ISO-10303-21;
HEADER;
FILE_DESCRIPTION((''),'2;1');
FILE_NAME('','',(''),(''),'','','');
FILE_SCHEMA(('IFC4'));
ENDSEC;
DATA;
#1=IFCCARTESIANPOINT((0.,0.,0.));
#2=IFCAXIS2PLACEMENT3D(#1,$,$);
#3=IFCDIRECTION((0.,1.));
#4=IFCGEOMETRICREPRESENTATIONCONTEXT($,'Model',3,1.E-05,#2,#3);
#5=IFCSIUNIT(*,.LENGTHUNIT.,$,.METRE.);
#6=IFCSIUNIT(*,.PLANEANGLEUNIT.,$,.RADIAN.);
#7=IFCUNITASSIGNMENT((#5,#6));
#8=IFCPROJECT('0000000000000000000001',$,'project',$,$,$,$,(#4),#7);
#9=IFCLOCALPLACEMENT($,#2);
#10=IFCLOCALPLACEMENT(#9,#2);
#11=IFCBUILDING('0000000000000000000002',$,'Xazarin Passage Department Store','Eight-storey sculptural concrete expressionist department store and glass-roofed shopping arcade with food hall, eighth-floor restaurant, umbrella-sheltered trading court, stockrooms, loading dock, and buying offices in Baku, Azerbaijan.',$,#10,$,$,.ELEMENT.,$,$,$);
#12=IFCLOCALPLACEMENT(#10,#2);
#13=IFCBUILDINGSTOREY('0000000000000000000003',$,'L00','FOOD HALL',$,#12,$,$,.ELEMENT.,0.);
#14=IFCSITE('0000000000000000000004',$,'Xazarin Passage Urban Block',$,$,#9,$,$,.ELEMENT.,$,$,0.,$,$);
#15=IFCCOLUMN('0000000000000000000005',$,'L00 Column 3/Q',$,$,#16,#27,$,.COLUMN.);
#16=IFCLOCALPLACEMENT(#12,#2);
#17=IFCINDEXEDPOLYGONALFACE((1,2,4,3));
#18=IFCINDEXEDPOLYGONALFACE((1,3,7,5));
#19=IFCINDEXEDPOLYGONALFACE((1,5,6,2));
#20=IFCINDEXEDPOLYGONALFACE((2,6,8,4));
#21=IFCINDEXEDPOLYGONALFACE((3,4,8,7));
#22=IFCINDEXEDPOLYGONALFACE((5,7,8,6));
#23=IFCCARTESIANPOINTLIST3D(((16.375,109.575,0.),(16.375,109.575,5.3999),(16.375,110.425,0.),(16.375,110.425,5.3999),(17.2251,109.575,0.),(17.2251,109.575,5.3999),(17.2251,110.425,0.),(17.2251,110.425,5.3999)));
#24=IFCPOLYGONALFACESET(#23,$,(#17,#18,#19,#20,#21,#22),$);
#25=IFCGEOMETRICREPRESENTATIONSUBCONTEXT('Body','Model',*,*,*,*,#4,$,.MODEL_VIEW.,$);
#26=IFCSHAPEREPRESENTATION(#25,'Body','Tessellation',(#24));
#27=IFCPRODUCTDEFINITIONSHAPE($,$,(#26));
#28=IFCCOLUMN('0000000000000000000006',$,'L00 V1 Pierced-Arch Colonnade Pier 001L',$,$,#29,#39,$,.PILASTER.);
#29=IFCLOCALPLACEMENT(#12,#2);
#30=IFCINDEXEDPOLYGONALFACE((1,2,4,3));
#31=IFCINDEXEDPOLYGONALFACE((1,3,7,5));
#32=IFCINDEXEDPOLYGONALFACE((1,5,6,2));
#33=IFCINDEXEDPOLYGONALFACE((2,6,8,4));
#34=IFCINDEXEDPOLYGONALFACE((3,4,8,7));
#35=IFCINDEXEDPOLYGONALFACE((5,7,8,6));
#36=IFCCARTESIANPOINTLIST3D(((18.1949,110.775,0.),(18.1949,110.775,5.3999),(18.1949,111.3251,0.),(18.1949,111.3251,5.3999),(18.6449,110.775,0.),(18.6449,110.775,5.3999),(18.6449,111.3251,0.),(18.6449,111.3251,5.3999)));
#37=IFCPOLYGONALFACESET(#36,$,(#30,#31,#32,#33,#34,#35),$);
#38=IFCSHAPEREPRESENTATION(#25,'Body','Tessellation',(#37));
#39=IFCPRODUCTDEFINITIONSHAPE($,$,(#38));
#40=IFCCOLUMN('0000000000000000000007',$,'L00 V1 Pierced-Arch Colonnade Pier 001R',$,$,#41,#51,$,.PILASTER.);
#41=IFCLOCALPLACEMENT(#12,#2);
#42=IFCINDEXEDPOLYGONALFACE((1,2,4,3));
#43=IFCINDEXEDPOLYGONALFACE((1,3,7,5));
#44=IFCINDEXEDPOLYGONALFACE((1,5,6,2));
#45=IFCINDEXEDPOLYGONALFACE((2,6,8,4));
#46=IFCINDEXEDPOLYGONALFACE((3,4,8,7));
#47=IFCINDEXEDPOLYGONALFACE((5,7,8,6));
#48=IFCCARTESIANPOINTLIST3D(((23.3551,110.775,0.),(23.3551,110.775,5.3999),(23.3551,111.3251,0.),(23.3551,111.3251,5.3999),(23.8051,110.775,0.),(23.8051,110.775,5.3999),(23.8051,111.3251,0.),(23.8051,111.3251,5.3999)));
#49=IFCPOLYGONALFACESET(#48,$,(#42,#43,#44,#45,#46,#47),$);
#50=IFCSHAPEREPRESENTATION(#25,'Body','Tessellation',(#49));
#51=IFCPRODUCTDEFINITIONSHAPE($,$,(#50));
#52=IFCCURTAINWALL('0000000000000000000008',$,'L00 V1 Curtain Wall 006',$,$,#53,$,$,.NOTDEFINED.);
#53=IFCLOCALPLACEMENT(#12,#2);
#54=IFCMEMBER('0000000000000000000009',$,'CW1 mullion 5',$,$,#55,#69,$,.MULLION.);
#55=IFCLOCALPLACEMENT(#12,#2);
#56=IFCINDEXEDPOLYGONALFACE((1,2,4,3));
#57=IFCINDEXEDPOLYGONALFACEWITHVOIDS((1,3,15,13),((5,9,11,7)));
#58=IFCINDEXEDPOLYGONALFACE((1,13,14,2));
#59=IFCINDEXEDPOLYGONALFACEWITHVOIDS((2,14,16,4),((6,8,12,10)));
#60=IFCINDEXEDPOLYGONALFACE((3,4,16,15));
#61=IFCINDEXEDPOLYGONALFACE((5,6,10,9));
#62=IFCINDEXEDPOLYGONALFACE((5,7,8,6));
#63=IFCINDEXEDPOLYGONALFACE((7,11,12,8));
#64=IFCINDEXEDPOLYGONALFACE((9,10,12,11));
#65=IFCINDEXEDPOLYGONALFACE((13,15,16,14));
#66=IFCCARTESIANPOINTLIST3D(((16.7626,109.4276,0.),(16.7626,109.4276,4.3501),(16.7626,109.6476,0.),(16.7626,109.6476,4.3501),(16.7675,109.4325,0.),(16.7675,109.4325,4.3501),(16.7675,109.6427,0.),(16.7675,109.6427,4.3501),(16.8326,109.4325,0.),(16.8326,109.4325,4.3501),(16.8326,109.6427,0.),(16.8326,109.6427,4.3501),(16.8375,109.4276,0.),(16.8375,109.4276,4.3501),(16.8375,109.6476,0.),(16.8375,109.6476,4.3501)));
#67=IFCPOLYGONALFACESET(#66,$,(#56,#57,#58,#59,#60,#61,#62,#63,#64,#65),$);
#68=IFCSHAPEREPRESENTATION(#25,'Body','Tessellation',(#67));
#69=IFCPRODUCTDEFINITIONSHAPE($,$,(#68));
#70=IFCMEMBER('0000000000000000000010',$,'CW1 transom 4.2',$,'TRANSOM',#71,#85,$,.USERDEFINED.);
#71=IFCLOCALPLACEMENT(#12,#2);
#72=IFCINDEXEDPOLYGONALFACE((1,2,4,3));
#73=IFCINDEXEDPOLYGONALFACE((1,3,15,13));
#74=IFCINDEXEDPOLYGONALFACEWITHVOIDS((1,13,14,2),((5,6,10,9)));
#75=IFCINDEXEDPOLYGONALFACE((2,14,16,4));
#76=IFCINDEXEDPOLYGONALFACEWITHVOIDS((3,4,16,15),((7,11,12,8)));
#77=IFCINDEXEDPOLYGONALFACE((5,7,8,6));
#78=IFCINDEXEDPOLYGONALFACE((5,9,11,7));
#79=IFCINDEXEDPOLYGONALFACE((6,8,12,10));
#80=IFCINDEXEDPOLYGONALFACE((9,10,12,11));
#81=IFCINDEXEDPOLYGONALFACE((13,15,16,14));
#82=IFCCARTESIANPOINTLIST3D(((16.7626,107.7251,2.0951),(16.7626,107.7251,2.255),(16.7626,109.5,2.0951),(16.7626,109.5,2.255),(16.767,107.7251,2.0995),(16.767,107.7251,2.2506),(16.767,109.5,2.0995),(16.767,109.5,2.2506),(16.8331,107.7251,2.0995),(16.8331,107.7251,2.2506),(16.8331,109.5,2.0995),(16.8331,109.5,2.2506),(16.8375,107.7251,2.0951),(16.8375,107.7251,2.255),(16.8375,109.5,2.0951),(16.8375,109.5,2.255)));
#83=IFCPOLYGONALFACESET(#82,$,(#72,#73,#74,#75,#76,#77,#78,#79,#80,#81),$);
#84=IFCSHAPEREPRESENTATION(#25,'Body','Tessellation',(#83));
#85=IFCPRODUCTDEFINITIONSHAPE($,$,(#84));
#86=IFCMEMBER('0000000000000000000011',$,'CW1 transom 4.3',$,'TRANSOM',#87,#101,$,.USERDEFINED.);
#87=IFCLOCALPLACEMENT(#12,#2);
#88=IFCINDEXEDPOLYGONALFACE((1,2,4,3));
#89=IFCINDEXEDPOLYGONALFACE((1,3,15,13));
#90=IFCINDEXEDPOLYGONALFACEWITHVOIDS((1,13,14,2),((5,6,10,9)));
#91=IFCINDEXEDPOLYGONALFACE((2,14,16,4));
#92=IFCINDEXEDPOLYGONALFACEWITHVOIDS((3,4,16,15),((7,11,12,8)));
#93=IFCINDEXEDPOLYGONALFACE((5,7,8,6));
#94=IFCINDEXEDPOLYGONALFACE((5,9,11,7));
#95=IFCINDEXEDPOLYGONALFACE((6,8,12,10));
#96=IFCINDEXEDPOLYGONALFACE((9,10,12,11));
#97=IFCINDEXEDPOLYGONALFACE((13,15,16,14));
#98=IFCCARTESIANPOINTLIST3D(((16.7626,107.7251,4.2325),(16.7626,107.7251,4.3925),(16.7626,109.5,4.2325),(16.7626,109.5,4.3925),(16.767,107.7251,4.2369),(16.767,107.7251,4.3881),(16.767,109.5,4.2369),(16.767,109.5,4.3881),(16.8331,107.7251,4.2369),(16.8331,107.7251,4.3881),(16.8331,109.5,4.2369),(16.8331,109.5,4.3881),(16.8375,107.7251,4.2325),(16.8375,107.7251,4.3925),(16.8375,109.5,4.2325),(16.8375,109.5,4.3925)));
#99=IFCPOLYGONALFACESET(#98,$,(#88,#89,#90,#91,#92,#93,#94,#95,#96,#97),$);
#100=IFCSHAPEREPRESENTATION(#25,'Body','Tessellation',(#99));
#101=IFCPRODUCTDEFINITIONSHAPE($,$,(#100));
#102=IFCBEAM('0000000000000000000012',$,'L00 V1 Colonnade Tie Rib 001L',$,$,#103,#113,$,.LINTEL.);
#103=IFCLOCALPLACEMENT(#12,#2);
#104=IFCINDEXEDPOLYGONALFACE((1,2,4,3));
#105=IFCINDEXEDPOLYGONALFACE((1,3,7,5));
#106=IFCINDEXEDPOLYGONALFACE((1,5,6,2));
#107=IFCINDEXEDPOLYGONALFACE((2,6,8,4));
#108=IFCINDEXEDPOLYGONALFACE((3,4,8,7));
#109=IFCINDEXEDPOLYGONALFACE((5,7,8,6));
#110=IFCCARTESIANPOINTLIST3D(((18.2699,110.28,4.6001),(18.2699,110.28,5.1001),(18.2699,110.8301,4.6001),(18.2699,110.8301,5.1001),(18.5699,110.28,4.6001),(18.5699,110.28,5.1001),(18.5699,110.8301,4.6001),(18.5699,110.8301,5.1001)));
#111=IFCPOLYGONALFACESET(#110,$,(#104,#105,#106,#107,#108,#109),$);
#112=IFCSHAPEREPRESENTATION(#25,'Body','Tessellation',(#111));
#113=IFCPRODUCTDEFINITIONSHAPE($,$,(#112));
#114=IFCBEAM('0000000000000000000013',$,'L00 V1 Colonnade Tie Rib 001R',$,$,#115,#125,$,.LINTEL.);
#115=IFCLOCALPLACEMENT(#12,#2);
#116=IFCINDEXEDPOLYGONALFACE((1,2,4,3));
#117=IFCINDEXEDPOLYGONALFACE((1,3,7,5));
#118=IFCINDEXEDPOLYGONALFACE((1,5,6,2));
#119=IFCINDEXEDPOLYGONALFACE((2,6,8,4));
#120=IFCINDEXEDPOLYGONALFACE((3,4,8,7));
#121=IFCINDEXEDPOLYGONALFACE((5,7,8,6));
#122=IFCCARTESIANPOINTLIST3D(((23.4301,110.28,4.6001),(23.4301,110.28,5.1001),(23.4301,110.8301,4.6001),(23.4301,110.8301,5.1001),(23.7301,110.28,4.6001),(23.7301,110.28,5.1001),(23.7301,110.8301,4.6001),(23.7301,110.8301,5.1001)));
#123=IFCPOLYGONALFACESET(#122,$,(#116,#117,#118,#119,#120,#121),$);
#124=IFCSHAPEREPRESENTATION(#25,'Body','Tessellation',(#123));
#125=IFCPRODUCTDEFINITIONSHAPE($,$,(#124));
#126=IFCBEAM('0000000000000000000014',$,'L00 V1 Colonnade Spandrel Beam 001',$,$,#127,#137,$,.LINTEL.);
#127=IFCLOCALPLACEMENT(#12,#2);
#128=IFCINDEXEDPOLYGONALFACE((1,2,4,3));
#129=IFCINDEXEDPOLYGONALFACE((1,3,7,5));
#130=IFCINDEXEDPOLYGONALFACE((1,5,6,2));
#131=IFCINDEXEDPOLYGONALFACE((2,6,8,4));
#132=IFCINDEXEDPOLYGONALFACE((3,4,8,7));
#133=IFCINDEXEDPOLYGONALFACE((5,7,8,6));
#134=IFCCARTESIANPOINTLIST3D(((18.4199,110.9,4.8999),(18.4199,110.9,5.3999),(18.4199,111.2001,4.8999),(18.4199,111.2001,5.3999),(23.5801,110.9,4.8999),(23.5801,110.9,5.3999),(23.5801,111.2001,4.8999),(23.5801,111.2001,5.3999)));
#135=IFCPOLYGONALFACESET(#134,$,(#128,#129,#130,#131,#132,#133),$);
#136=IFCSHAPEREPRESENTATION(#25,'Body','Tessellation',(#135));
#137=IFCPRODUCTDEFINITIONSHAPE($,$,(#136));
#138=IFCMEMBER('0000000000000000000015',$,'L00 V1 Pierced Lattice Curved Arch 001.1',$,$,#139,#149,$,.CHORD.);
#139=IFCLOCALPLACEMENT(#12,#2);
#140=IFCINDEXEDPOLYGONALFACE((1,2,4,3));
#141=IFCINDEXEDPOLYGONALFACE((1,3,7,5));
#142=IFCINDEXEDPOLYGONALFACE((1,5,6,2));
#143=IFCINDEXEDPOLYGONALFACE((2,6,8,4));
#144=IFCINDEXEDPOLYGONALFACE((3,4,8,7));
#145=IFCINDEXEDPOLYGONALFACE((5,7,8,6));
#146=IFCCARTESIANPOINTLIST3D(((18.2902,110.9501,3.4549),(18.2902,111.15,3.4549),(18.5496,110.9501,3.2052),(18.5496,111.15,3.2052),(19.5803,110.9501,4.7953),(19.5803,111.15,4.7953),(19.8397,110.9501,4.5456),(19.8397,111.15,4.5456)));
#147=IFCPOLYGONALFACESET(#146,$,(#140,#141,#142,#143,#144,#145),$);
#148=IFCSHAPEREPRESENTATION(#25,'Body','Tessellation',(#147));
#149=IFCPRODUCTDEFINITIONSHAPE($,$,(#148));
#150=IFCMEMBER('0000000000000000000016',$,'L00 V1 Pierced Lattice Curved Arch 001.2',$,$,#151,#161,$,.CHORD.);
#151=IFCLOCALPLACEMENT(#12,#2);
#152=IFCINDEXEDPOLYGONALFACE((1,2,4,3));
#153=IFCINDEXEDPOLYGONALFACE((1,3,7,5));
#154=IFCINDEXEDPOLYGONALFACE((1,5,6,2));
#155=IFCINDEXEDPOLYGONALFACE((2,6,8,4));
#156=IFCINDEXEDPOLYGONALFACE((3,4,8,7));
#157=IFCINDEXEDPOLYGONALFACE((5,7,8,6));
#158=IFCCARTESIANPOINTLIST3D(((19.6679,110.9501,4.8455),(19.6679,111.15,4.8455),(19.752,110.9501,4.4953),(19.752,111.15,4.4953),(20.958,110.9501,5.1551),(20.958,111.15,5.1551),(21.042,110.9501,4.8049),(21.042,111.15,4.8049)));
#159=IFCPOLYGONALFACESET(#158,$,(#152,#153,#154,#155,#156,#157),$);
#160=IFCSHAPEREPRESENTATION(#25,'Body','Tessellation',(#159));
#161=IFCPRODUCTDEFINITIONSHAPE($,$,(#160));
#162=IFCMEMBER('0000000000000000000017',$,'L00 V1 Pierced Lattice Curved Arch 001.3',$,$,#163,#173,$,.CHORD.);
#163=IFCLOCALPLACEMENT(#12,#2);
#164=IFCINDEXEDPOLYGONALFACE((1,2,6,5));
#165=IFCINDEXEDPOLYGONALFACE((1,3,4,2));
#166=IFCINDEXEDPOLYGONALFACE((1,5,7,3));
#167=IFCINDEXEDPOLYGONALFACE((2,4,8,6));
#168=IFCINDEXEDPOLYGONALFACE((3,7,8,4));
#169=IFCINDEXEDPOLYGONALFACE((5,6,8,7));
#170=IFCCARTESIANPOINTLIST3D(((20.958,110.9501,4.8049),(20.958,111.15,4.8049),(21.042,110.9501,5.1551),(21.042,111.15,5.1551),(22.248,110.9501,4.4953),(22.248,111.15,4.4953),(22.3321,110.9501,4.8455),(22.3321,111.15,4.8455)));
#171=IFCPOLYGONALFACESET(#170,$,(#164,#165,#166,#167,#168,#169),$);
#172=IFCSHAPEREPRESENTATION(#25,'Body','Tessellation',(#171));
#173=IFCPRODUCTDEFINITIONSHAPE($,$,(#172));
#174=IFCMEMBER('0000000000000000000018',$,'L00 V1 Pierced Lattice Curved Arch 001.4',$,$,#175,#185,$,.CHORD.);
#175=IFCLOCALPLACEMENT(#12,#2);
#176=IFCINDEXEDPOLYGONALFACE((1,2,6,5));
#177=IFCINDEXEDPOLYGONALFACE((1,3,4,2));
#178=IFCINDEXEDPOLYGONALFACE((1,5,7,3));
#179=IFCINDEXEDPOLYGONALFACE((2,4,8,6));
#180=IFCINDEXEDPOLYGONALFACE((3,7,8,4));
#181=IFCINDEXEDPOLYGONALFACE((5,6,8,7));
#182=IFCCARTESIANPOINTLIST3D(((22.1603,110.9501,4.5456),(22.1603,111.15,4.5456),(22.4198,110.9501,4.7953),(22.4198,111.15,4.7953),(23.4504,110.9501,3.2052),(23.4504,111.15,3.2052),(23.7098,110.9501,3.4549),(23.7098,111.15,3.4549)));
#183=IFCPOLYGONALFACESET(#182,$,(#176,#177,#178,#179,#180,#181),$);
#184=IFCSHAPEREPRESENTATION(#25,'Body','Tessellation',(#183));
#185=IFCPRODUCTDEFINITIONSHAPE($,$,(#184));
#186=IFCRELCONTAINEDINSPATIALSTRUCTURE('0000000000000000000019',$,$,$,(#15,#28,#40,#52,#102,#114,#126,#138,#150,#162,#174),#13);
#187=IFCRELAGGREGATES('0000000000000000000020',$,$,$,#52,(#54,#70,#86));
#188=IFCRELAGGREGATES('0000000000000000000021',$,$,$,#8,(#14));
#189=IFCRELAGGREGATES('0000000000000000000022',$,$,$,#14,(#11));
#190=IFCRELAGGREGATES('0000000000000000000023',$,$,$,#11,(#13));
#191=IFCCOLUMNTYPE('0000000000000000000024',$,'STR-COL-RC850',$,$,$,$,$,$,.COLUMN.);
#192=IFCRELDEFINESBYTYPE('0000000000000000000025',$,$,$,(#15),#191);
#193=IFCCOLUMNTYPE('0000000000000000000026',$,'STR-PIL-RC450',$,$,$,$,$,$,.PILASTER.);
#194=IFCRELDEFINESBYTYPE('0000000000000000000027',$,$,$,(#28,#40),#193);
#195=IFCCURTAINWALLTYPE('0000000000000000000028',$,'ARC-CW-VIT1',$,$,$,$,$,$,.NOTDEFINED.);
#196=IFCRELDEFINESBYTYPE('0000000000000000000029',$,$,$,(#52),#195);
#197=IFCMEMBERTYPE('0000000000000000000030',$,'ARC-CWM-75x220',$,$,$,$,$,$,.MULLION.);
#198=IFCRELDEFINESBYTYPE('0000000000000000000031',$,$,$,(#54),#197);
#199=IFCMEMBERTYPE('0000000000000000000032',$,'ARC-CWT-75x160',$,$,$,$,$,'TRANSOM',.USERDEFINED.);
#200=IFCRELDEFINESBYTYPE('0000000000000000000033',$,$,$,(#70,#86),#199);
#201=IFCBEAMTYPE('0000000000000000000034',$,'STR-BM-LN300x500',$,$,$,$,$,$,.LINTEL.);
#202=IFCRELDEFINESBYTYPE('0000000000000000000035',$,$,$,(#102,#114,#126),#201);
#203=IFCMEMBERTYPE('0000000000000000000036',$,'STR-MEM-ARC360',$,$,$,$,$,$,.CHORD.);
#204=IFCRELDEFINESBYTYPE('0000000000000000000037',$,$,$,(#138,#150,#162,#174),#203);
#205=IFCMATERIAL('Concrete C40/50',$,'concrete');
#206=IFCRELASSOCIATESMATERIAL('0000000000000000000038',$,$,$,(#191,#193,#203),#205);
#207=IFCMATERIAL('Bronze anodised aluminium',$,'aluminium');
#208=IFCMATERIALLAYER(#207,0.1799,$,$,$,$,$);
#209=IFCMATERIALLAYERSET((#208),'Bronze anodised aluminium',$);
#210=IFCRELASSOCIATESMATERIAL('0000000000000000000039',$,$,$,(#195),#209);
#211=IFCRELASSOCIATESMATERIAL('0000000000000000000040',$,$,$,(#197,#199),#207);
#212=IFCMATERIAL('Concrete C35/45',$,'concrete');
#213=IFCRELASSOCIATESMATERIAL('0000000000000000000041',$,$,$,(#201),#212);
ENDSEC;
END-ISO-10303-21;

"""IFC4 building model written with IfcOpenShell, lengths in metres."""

from ifc_helpers import new_model, si_unit, direction, frame, origin, origin_2d, place, context, subcontext, project, spatial, rectangle, hollow_rectangle, extrude, material, layer, layer_set, material_profile, profile_set, type_object, element, aggregate, save


model = new_model("IFC4")

# Units and contexts
model_context = context("Model", 3, precision=1e-05, world=origin(), true_north=direction((0.0, 1.0)))
body_context = subcontext(model_context, "Body", "Model", "MODEL_VIEW")
ifc_project = project(units=[si_unit("LENGTHUNIT", "METRE"), si_unit("PLANEANGLEUNIT", "RADIAN")], contexts=[model_context])

# Site, building, storey
site_placement = place(None, origin())
site = spatial("IfcSite", under=ifc_project, at=site_placement, Name="Xazarin Passage Urban Block", CompositionType="ELEMENT", RefElevation=0.0)
building_placement = place(site_placement, origin())
building = spatial("IfcBuilding", under=site, at=building_placement, Name="Xazarin Passage Department Store", Description="Eight-storey sculptural concrete expressionist department store and glass-roofed shopping arcade with food hall, eighth-floor restaurant, umbrella-sheltered trading court, stockrooms, loading dock, and buying offices in Baku, Azerbaijan.", CompositionType="ELEMENT")
storey_placement = place(building_placement, origin())
storey = spatial("IfcBuildingStorey", under=building, at=storey_placement, Name="L00", Description="FOOD HALL", CompositionType="ELEMENT", Elevation=0.0)

# Shared definitions
ifc_material_1 = material(Name="Concrete C35/45", Category="concrete")

# Columns
ifc_material_2 = material(Name="Concrete C40/50", Category="concrete")
ifc_material_profile_1 = material_profile(ifc_material_2, rectangle(XDim=0.8501, YDim=0.8501, at=origin_2d()), Name="RC 850x850")
ifc_profile_set_1 = profile_set([ifc_material_profile_1], Name="Concrete C40/50")
column_type_1 = type_object("IfcColumnType", Name="STR-COL-RC850", PredefinedType="COLUMN", material=ifc_profile_set_1)
column_placement = place(storey_placement, frame((16.8, 110.0, 0.0), z_axis=(0.0, 0.0, 1.0), x_axis=(1.0, 0.0, 0.0)))
element("IfcColumn", 1, at=column_placement, inside=storey, type_object=column_type_1, Name="L00 Column 3/Q", PredefinedType="COLUMN", context=body_context, shape_type="SweptSolid", body=[
    extrude(rectangle(XDim=0.8501, YDim=0.8501, at=origin_2d()), origin(), (0.0, 0.0, 1.0), 5.3999),
])
ifc_material_profile_2 = material_profile(ifc_material_2, rectangle(XDim=0.45, YDim=0.55, at=origin_2d()), Name="RC 450x550")
ifc_profile_set_2 = profile_set([ifc_material_profile_2], Name="Concrete C40/50")
column_type_2 = type_object("IfcColumnType", Name="STR-PIL-RC450", PredefinedType="PILASTER", material=ifc_profile_set_2)
for number, where, z_axis, x_axis, name in (
    (2, (18.4199, 111.05, 0.0), (0.0, 0.0, 1.0), (1.0, 0.0, 0.0), "L00 V1 Pierced-Arch Colonnade Pier 001L"),
    (3, (23.5801, 111.05, 0.0), (0.0, 0.0, 1.0), (1.0, 0.0, 0.0), "L00 V1 Pierced-Arch Colonnade Pier 001R"),
):
    element("IfcColumn", number, at=place(storey_placement, frame(where, z_axis=z_axis, x_axis=x_axis)), inside=storey, type_object=column_type_2, Name=name, PredefinedType="PILASTER", context=body_context, shape_type="SweptSolid", body=[
        extrude(rectangle(XDim=0.45, YDim=0.55, at=origin_2d()), origin(), (0.0, 0.0, 1.0), 5.3999),
    ])

# Curtain wall, members
ifc_material_3 = material(Name="Bronze anodised aluminium", Category="aluminium")
ifc_layer_1 = layer(ifc_material_3, 0.1799)
ifc_layer_set_1 = layer_set([ifc_layer_1], Name="Bronze anodised aluminium")
curtain_wall_type = type_object("IfcCurtainWallType", Name="ARC-CW-VIT1", PredefinedType="NOTDEFINED", material=ifc_layer_set_1)
curtain_wall_placement = place(storey_placement, origin())
curtain_wall = element("IfcCurtainWall", 4, at=curtain_wall_placement, inside=storey, type_object=curtain_wall_type, Name="L00 V1 Curtain Wall 006", PredefinedType="NOTDEFINED")
ifc_material_profile_3 = material_profile(ifc_material_3, hollow_rectangle(XDim=0.075, YDim=0.22, WallThickness=0.0049, at=origin_2d()), Name="ALU 75x220")
ifc_profile_set_3 = profile_set([ifc_material_profile_3], Name="Bronze anodised aluminium")
member_type_1 = type_object("IfcMemberType", Name="ARC-CWM-75x220", PredefinedType="MULLION", material=ifc_profile_set_3)
member_1_placement = place(storey_placement, frame((16.8, 109.5376, 0.0), z_axis=(0.0, 0.0, 1.0), x_axis=(-1.0, 0.0, 0.0)))
member_1 = element("IfcMember", 5, at=member_1_placement, type_object=member_type_1, Name="CW1 mullion 5", PredefinedType="MULLION", context=body_context, shape_type="SweptSolid", body=[
    extrude(hollow_rectangle(XDim=0.075, YDim=0.22, WallThickness=0.0049, at=origin_2d()), origin(), (0.0, 0.0, 1.0), 4.3501),
])
ifc_material_profile_4 = material_profile(ifc_material_3, hollow_rectangle(XDim=0.075, YDim=0.1599, WallThickness=0.0044, at=origin_2d()), Name="ALU 75x160")
ifc_profile_set_4 = profile_set([ifc_material_profile_4], Name="Bronze anodised aluminium")
member_type_2 = type_object("IfcMemberType", Name="ARC-CWT-75x160", ElementType="TRANSOM", PredefinedType="USERDEFINED", material=ifc_profile_set_4)
member_2_placement = place(storey_placement, frame((16.8, 107.7251, 2.175), z_axis=(0.0, 1.0, 0.0), x_axis=(-1.0, 0.0, 0.0)))
member_2 = element("IfcMember", 6, at=member_2_placement, type_object=member_type_2, Name="CW1 transom 4.2", ObjectType="TRANSOM", PredefinedType="USERDEFINED", context=body_context, shape_type="SweptSolid", body=[
    extrude(hollow_rectangle(XDim=0.075, YDim=0.1599, WallThickness=0.0044, at=origin_2d()), origin(), (0.0, 0.0, 1.0), 1.7749),
])
member_3_placement = place(storey_placement, frame((16.8, 107.7251, 4.3125), z_axis=(0.0, 1.0, 0.0), x_axis=(-1.0, 0.0, 0.0)))
member_3 = element("IfcMember", 7, at=member_3_placement, type_object=member_type_2, Name="CW1 transom 4.3", ObjectType="TRANSOM", PredefinedType="USERDEFINED", context=body_context, shape_type="SweptSolid", body=[
    extrude(hollow_rectangle(XDim=0.075, YDim=0.1599, WallThickness=0.0044, at=origin_2d()), origin(), (0.0, 0.0, 1.0), 1.7749),
])

# Beams
ifc_material_profile_5 = material_profile(ifc_material_1, rectangle(XDim=0.3, YDim=0.5, at=origin_2d()), Name="RC 300x500")
ifc_profile_set_5 = profile_set([ifc_material_profile_5], Name="Concrete C35/45")
beam_type = type_object("IfcBeamType", Name="STR-BM-LN300x500", PredefinedType="LINTEL", material=ifc_profile_set_5)
for number, where, z_axis, x_axis, name in (
    (8, (18.4199, 110.28, 4.8501), (0.0, 1.0, 0.0), (-1.0, 0.0, 0.0), "L00 V1 Colonnade Tie Rib 001L"),
    (9, (23.5801, 110.28, 4.8501), (0.0, 1.0, 0.0), (-1.0, 0.0, 0.0), "L00 V1 Colonnade Tie Rib 001R"),
):
    element("IfcBeam", number, at=place(storey_placement, frame(where, z_axis=z_axis, x_axis=x_axis)), inside=storey, type_object=beam_type, Name=name, PredefinedType="LINTEL", context=body_context, shape_type="SweptSolid", body=[
        extrude(rectangle(XDim=0.3, YDim=0.5, at=origin_2d()), origin(), (0.0, 0.0, 1.0), 0.55),
    ])
beam_placement = place(storey_placement, frame((18.4199, 111.05, 5.1499), z_axis=(1.0, 0.0, 0.0), x_axis=(0.0, 1.0, 0.0)))
element("IfcBeam", 10, at=beam_placement, inside=storey, type_object=beam_type, Name="L00 V1 Colonnade Spandrel Beam 001", PredefinedType="LINTEL", context=body_context, shape_type="SweptSolid", body=[
    extrude(rectangle(XDim=0.3, YDim=0.5, at=origin_2d()), origin(), (0.0, 0.0, 1.0), 5.1602),
])

# Members
ifc_material_profile_6 = material_profile(ifc_material_2, rectangle(XDim=0.2, YDim=0.3601, at=origin_2d()), Name="RC 200x360")
ifc_profile_set_6 = profile_set([ifc_material_profile_6], Name="Concrete C40/50")
member_type_3 = type_object("IfcMemberType", Name="STR-MEM-ARC360", PredefinedType="CHORD", material=ifc_profile_set_6)
member_4_placement = place(storey_placement, frame((18.4199, 111.05, 3.3301), z_axis=(0.69346, 0.0, 0.720495), x_axis=(0.0, 1.0, 0.0)))
element("IfcMember", 11, at=member_4_placement, inside=storey, type_object=member_type_3, Name="L00 V1 Pierced Lattice Curved Arch 001.1", PredefinedType="CHORD", context=body_context, shape_type="SweptSolid", body=[
    extrude(rectangle(XDim=0.2, YDim=0.3601, at=origin_2d()), origin(), (0.0, 0.0, 1.0), 1.8604),
])
for number, where, z_axis, x_axis, name in (
    (12, (19.71, 111.05, 4.6704), (0.972394, 0.0, 0.233345), (0.0, 1.0, 0.0), "L00 V1 Pierced Lattice Curved Arch 001.2"),
    (13, (21.0, 111.05, 4.98), (0.972394, 0.0, -0.233345), (0.0, 1.0, 0.0), "L00 V1 Pierced Lattice Curved Arch 001.3"),
):
    element("IfcMember", number, at=place(storey_placement, frame(where, z_axis=z_axis, x_axis=x_axis)), inside=storey, type_object=member_type_3, Name=name, PredefinedType="CHORD", context=body_context, shape_type="SweptSolid", body=[
        extrude(rectangle(XDim=0.2, YDim=0.3601, at=origin_2d()), origin(), (0.0, 0.0, 1.0), 1.3267),
    ])
member_5_placement = place(storey_placement, frame((22.29, 111.05, 4.6704), z_axis=(0.69346, 0.0, -0.720495), x_axis=(0.0, 1.0, 0.0)))
element("IfcMember", 14, at=member_5_placement, inside=storey, type_object=member_type_3, Name="L00 V1 Pierced Lattice Curved Arch 001.4", PredefinedType="CHORD", context=body_context, shape_type="SweptSolid", body=[
    extrude(rectangle(XDim=0.2, YDim=0.3601, at=origin_2d()), origin(), (0.0, 0.0, 1.0), 1.8604),
])

aggregate(curtain_wall, [member_1, member_2, member_3])

save(model, "model.ifc")
